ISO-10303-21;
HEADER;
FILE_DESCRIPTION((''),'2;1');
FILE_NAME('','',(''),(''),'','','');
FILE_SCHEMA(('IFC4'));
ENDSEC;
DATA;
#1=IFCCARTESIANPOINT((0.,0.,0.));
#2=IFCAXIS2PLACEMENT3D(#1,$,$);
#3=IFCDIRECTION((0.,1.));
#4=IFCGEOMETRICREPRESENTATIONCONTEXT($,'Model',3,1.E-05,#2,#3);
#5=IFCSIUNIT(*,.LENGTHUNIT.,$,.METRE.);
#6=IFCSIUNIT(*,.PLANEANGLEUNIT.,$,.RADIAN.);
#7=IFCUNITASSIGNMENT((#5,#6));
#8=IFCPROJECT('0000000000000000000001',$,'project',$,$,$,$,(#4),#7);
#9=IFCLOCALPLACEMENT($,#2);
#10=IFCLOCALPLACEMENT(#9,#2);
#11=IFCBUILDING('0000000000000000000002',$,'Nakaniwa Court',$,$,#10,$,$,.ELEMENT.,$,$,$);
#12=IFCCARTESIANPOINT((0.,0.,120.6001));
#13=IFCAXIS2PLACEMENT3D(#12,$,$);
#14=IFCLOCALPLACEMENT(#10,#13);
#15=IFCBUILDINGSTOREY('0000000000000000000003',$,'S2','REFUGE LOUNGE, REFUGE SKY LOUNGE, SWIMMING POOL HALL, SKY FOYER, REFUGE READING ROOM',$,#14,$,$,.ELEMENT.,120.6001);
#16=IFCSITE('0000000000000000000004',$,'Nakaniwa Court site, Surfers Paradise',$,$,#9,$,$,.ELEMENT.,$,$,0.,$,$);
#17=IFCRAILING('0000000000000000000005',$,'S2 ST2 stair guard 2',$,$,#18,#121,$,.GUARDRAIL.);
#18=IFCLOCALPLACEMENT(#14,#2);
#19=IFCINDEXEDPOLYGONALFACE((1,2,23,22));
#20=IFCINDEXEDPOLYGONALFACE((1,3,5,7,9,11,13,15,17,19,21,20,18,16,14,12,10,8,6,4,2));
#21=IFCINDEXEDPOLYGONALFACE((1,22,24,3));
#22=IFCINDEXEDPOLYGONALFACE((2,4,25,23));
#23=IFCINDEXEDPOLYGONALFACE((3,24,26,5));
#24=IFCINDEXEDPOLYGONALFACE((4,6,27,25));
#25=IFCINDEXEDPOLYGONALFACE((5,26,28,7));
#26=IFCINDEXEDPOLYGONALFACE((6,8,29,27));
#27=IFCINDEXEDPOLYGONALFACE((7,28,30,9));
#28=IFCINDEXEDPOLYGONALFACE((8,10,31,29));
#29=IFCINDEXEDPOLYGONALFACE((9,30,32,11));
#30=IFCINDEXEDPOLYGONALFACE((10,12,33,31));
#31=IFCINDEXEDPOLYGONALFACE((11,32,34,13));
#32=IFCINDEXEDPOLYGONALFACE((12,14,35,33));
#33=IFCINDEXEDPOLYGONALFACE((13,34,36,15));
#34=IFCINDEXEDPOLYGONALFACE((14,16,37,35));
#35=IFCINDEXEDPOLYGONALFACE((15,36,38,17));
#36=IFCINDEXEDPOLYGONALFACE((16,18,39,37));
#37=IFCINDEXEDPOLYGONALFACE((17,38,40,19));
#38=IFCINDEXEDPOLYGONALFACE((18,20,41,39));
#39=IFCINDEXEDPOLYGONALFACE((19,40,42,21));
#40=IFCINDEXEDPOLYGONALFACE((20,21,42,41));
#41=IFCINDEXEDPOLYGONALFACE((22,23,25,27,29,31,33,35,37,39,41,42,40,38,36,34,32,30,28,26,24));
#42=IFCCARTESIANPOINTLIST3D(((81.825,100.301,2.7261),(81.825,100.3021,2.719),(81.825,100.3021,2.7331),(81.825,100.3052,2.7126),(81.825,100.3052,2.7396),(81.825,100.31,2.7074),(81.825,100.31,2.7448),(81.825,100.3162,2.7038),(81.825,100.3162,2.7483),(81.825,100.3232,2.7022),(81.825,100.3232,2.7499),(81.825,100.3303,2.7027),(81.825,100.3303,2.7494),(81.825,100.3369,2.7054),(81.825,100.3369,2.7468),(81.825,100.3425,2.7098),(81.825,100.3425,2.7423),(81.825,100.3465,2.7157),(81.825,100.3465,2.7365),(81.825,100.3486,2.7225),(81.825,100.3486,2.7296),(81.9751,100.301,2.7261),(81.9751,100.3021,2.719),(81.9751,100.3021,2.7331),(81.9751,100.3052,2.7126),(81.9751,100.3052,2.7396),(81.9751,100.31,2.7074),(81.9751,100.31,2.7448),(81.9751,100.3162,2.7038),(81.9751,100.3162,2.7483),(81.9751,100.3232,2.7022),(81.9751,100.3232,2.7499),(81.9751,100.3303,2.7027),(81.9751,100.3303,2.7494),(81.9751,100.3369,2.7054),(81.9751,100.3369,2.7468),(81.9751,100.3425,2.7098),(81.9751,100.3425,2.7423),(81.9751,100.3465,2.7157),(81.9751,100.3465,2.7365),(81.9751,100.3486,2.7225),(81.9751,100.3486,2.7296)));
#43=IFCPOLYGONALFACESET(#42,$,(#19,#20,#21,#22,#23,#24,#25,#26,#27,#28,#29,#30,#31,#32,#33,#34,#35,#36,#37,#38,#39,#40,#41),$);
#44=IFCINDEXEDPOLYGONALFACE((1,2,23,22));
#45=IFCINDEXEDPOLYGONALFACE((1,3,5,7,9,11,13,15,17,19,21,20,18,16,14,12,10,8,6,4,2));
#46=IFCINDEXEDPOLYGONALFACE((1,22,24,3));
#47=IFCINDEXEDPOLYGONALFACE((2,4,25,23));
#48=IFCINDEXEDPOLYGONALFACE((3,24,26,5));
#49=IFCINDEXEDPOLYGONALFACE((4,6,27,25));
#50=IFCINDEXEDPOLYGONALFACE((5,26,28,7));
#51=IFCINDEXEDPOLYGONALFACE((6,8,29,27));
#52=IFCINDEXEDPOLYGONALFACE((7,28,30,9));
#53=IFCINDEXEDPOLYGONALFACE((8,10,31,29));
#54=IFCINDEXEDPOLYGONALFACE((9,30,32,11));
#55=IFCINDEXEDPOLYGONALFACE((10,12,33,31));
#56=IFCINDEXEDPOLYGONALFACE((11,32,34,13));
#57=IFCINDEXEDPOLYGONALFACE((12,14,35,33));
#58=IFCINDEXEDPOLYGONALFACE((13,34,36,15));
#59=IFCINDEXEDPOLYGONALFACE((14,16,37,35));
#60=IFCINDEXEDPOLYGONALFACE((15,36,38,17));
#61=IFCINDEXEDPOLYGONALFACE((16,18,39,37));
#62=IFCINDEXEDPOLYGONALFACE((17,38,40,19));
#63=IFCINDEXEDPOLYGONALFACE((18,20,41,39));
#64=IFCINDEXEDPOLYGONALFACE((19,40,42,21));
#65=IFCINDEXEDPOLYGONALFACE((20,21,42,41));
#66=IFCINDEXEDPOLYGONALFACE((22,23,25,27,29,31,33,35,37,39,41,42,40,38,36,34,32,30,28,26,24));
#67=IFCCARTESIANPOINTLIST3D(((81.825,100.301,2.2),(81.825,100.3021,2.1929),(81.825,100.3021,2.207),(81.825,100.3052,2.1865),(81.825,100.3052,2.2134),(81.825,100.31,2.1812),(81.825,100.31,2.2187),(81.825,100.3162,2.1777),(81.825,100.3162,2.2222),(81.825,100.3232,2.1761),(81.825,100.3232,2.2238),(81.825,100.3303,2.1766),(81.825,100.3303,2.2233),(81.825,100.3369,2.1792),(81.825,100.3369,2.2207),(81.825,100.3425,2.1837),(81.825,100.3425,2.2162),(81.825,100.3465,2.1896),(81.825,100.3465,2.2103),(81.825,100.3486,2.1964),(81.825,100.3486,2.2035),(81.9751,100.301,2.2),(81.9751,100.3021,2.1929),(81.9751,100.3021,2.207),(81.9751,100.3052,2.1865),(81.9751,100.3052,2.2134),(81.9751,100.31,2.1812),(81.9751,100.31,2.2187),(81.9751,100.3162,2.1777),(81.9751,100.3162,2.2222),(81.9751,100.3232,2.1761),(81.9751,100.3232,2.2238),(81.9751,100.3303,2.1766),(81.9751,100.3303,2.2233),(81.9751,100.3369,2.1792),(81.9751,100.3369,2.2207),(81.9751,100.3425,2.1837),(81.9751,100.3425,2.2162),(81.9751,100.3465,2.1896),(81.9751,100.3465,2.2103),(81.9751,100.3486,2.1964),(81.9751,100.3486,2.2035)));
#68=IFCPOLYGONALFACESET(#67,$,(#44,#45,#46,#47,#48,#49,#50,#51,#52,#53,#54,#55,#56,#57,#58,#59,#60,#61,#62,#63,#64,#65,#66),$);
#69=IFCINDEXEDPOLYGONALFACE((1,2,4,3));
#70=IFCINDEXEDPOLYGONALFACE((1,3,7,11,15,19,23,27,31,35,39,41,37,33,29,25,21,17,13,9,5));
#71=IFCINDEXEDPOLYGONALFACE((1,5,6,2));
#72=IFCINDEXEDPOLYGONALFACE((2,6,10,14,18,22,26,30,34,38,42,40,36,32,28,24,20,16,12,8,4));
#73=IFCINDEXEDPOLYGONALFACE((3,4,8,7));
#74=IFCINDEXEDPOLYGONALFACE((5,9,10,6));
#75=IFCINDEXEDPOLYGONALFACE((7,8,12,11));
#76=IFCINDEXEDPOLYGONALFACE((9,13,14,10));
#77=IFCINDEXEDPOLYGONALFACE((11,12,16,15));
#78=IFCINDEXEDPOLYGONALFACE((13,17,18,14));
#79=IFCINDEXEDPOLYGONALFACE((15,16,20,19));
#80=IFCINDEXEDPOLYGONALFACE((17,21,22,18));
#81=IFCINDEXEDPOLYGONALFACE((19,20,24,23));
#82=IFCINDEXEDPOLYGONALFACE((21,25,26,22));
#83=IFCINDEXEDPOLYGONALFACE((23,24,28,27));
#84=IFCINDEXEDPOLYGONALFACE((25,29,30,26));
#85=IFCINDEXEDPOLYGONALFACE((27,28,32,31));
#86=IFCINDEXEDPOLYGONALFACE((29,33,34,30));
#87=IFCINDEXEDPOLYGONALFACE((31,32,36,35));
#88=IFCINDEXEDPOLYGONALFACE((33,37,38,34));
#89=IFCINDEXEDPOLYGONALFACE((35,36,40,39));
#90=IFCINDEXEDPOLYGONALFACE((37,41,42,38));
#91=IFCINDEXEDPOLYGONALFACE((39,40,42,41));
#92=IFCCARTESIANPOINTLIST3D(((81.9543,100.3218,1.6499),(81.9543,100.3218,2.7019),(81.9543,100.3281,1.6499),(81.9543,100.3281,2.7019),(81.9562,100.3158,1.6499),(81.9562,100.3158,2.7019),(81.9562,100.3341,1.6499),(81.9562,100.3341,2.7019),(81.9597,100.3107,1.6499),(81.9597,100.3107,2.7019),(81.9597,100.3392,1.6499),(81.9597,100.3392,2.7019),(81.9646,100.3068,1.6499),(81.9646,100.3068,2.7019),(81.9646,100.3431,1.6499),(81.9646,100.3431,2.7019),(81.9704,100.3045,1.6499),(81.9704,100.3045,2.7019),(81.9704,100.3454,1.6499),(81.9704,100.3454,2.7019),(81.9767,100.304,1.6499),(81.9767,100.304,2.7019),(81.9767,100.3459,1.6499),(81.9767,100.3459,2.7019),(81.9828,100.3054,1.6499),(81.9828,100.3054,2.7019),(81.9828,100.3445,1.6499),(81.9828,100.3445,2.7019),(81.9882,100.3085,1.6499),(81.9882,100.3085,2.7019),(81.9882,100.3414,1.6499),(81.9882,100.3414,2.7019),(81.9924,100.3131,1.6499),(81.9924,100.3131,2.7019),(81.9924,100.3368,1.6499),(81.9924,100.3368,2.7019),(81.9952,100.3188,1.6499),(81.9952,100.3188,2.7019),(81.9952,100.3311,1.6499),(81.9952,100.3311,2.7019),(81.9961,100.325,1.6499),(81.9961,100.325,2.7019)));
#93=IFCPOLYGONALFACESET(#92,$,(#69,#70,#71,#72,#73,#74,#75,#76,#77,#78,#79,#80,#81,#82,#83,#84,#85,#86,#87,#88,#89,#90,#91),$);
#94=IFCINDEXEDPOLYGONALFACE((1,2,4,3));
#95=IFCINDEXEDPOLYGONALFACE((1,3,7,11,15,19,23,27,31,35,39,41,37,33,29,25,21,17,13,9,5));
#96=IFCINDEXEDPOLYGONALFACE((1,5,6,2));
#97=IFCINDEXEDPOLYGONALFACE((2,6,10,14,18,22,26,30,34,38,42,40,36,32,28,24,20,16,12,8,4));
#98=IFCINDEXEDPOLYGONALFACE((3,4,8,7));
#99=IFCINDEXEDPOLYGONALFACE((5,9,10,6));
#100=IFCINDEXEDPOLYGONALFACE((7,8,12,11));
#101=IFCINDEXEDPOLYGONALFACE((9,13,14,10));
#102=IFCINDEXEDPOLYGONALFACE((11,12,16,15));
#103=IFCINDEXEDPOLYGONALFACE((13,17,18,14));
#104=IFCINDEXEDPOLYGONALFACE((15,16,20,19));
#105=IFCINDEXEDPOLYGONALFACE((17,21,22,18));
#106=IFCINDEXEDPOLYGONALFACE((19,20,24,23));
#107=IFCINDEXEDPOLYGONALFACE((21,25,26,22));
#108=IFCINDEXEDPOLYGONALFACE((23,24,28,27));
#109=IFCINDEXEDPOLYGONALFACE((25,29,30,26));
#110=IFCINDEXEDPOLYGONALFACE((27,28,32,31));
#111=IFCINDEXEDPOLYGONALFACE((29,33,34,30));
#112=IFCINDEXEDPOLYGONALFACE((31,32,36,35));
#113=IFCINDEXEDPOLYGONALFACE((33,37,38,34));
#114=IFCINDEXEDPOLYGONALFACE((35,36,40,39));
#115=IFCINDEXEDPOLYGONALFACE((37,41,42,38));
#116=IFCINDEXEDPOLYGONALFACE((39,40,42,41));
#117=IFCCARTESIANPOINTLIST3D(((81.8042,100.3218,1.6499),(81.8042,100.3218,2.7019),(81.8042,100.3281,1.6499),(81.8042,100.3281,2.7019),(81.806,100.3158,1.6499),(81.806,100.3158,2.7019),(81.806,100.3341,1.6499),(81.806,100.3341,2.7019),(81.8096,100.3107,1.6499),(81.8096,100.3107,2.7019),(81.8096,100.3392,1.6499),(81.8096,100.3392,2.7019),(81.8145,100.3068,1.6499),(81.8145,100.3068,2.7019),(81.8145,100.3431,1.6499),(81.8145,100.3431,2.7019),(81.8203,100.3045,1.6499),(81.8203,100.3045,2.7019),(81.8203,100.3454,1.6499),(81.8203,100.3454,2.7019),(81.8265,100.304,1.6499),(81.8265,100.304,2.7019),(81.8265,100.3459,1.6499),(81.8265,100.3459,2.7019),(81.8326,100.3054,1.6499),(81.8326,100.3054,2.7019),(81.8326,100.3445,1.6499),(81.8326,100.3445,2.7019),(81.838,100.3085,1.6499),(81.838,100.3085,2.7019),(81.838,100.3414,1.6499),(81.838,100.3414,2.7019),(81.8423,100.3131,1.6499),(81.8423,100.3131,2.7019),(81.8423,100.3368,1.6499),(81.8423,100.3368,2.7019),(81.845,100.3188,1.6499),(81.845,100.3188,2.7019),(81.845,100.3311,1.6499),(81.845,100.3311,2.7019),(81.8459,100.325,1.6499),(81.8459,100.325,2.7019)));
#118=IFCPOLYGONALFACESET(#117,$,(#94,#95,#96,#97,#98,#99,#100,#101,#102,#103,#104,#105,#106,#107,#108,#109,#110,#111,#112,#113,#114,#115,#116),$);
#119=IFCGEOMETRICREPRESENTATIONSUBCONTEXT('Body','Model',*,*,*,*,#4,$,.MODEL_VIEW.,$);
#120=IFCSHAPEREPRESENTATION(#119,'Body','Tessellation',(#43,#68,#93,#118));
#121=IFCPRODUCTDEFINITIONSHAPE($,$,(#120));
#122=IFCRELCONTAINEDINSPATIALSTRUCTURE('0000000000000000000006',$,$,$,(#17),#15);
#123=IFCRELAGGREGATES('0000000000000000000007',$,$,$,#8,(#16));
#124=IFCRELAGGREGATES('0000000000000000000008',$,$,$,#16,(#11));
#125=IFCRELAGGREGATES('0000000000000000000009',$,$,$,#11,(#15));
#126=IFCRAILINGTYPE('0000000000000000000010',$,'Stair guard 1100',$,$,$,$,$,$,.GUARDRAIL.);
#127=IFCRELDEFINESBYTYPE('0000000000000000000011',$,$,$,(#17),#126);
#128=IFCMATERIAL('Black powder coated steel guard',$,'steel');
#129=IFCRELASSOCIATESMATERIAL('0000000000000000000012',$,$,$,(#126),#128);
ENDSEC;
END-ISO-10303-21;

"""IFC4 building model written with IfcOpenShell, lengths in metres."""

from ifc_helpers import new_model, si_unit, direction, frame, origin, origin_2d, place, context, subcontext, project, spatial, circle, extrude, material, type_object, element, save


model = new_model("IFC4")

# Units and contexts
model_context = context("Model", 3, precision=1e-05, world=origin(), true_north=direction((0.0, 1.0)))
body_context = subcontext(model_context, "Body", "Model", "MODEL_VIEW")
ifc_project = project(units=[si_unit("LENGTHUNIT", "METRE"), si_unit("PLANEANGLEUNIT", "RADIAN")], contexts=[model_context])

# Site, building, storey
site_placement = place(None, origin())
site = spatial("IfcSite", under=ifc_project, at=site_placement, Name="Nakaniwa Court site, Surfers Paradise", CompositionType="ELEMENT", RefElevation=0.0)
building_placement = place(site_placement, origin())
building = spatial("IfcBuilding", under=site, at=building_placement, Name="Nakaniwa Court", CompositionType="ELEMENT")
storey_placement = place(building_placement, frame((0.0, 0.0, 120.6001)))
storey = spatial("IfcBuildingStorey", under=building, at=storey_placement, Name="S2", Description="REFUGE LOUNGE, REFUGE SKY LOUNGE, SWIMMING POOL HALL, SKY FOYER, REFUGE READING ROOM", CompositionType="ELEMENT", Elevation=120.6001)

# Railing
ifc_material_1 = material(Name="Black powder coated steel guard", Category="steel")
railing_type_1 = type_object("IfcRailingType", Name="Stair guard 1100", PredefinedType="GUARDRAIL", material=ifc_material_1)
railing_1_placement = place(storey_placement, frame((81.9751, 100.325, 1.6499)))
element("IfcRailing", 1, at=railing_1_placement, inside=storey, type_object=railing_type_1, Name="S2 ST2 stair guard 2", PredefinedType="GUARDRAIL", context=body_context, shape_type="SweptSolid", body=[
    extrude(circle(Radius=0.0239, at=origin_2d()), frame((0.0, 0.0, 1.0762), z_axis=(-1.0, 0.0, 0.0), x_axis=(0.0, -1.0, 0.0)), (0.0, 0.0, 1.0), 0.1501),
    extrude(circle(Radius=0.0239, at=origin_2d()), frame((0.0, 0.0, 0.55), z_axis=(-1.0, 0.0, 0.0), x_axis=(0.0, -1.0, 0.0)), (0.0, 0.0, 1.0), 0.1501),
    extrude(circle(Radius=0.021, at=origin_2d()), origin(), (0.0, 0.0, 1.0), 1.052),
    extrude(circle(Radius=0.021, at=origin_2d()), frame((-0.1501, 0.0, 0.0)), (0.0, 0.0, 1.0), 1.052),
])

save(model, "model.ifc")
